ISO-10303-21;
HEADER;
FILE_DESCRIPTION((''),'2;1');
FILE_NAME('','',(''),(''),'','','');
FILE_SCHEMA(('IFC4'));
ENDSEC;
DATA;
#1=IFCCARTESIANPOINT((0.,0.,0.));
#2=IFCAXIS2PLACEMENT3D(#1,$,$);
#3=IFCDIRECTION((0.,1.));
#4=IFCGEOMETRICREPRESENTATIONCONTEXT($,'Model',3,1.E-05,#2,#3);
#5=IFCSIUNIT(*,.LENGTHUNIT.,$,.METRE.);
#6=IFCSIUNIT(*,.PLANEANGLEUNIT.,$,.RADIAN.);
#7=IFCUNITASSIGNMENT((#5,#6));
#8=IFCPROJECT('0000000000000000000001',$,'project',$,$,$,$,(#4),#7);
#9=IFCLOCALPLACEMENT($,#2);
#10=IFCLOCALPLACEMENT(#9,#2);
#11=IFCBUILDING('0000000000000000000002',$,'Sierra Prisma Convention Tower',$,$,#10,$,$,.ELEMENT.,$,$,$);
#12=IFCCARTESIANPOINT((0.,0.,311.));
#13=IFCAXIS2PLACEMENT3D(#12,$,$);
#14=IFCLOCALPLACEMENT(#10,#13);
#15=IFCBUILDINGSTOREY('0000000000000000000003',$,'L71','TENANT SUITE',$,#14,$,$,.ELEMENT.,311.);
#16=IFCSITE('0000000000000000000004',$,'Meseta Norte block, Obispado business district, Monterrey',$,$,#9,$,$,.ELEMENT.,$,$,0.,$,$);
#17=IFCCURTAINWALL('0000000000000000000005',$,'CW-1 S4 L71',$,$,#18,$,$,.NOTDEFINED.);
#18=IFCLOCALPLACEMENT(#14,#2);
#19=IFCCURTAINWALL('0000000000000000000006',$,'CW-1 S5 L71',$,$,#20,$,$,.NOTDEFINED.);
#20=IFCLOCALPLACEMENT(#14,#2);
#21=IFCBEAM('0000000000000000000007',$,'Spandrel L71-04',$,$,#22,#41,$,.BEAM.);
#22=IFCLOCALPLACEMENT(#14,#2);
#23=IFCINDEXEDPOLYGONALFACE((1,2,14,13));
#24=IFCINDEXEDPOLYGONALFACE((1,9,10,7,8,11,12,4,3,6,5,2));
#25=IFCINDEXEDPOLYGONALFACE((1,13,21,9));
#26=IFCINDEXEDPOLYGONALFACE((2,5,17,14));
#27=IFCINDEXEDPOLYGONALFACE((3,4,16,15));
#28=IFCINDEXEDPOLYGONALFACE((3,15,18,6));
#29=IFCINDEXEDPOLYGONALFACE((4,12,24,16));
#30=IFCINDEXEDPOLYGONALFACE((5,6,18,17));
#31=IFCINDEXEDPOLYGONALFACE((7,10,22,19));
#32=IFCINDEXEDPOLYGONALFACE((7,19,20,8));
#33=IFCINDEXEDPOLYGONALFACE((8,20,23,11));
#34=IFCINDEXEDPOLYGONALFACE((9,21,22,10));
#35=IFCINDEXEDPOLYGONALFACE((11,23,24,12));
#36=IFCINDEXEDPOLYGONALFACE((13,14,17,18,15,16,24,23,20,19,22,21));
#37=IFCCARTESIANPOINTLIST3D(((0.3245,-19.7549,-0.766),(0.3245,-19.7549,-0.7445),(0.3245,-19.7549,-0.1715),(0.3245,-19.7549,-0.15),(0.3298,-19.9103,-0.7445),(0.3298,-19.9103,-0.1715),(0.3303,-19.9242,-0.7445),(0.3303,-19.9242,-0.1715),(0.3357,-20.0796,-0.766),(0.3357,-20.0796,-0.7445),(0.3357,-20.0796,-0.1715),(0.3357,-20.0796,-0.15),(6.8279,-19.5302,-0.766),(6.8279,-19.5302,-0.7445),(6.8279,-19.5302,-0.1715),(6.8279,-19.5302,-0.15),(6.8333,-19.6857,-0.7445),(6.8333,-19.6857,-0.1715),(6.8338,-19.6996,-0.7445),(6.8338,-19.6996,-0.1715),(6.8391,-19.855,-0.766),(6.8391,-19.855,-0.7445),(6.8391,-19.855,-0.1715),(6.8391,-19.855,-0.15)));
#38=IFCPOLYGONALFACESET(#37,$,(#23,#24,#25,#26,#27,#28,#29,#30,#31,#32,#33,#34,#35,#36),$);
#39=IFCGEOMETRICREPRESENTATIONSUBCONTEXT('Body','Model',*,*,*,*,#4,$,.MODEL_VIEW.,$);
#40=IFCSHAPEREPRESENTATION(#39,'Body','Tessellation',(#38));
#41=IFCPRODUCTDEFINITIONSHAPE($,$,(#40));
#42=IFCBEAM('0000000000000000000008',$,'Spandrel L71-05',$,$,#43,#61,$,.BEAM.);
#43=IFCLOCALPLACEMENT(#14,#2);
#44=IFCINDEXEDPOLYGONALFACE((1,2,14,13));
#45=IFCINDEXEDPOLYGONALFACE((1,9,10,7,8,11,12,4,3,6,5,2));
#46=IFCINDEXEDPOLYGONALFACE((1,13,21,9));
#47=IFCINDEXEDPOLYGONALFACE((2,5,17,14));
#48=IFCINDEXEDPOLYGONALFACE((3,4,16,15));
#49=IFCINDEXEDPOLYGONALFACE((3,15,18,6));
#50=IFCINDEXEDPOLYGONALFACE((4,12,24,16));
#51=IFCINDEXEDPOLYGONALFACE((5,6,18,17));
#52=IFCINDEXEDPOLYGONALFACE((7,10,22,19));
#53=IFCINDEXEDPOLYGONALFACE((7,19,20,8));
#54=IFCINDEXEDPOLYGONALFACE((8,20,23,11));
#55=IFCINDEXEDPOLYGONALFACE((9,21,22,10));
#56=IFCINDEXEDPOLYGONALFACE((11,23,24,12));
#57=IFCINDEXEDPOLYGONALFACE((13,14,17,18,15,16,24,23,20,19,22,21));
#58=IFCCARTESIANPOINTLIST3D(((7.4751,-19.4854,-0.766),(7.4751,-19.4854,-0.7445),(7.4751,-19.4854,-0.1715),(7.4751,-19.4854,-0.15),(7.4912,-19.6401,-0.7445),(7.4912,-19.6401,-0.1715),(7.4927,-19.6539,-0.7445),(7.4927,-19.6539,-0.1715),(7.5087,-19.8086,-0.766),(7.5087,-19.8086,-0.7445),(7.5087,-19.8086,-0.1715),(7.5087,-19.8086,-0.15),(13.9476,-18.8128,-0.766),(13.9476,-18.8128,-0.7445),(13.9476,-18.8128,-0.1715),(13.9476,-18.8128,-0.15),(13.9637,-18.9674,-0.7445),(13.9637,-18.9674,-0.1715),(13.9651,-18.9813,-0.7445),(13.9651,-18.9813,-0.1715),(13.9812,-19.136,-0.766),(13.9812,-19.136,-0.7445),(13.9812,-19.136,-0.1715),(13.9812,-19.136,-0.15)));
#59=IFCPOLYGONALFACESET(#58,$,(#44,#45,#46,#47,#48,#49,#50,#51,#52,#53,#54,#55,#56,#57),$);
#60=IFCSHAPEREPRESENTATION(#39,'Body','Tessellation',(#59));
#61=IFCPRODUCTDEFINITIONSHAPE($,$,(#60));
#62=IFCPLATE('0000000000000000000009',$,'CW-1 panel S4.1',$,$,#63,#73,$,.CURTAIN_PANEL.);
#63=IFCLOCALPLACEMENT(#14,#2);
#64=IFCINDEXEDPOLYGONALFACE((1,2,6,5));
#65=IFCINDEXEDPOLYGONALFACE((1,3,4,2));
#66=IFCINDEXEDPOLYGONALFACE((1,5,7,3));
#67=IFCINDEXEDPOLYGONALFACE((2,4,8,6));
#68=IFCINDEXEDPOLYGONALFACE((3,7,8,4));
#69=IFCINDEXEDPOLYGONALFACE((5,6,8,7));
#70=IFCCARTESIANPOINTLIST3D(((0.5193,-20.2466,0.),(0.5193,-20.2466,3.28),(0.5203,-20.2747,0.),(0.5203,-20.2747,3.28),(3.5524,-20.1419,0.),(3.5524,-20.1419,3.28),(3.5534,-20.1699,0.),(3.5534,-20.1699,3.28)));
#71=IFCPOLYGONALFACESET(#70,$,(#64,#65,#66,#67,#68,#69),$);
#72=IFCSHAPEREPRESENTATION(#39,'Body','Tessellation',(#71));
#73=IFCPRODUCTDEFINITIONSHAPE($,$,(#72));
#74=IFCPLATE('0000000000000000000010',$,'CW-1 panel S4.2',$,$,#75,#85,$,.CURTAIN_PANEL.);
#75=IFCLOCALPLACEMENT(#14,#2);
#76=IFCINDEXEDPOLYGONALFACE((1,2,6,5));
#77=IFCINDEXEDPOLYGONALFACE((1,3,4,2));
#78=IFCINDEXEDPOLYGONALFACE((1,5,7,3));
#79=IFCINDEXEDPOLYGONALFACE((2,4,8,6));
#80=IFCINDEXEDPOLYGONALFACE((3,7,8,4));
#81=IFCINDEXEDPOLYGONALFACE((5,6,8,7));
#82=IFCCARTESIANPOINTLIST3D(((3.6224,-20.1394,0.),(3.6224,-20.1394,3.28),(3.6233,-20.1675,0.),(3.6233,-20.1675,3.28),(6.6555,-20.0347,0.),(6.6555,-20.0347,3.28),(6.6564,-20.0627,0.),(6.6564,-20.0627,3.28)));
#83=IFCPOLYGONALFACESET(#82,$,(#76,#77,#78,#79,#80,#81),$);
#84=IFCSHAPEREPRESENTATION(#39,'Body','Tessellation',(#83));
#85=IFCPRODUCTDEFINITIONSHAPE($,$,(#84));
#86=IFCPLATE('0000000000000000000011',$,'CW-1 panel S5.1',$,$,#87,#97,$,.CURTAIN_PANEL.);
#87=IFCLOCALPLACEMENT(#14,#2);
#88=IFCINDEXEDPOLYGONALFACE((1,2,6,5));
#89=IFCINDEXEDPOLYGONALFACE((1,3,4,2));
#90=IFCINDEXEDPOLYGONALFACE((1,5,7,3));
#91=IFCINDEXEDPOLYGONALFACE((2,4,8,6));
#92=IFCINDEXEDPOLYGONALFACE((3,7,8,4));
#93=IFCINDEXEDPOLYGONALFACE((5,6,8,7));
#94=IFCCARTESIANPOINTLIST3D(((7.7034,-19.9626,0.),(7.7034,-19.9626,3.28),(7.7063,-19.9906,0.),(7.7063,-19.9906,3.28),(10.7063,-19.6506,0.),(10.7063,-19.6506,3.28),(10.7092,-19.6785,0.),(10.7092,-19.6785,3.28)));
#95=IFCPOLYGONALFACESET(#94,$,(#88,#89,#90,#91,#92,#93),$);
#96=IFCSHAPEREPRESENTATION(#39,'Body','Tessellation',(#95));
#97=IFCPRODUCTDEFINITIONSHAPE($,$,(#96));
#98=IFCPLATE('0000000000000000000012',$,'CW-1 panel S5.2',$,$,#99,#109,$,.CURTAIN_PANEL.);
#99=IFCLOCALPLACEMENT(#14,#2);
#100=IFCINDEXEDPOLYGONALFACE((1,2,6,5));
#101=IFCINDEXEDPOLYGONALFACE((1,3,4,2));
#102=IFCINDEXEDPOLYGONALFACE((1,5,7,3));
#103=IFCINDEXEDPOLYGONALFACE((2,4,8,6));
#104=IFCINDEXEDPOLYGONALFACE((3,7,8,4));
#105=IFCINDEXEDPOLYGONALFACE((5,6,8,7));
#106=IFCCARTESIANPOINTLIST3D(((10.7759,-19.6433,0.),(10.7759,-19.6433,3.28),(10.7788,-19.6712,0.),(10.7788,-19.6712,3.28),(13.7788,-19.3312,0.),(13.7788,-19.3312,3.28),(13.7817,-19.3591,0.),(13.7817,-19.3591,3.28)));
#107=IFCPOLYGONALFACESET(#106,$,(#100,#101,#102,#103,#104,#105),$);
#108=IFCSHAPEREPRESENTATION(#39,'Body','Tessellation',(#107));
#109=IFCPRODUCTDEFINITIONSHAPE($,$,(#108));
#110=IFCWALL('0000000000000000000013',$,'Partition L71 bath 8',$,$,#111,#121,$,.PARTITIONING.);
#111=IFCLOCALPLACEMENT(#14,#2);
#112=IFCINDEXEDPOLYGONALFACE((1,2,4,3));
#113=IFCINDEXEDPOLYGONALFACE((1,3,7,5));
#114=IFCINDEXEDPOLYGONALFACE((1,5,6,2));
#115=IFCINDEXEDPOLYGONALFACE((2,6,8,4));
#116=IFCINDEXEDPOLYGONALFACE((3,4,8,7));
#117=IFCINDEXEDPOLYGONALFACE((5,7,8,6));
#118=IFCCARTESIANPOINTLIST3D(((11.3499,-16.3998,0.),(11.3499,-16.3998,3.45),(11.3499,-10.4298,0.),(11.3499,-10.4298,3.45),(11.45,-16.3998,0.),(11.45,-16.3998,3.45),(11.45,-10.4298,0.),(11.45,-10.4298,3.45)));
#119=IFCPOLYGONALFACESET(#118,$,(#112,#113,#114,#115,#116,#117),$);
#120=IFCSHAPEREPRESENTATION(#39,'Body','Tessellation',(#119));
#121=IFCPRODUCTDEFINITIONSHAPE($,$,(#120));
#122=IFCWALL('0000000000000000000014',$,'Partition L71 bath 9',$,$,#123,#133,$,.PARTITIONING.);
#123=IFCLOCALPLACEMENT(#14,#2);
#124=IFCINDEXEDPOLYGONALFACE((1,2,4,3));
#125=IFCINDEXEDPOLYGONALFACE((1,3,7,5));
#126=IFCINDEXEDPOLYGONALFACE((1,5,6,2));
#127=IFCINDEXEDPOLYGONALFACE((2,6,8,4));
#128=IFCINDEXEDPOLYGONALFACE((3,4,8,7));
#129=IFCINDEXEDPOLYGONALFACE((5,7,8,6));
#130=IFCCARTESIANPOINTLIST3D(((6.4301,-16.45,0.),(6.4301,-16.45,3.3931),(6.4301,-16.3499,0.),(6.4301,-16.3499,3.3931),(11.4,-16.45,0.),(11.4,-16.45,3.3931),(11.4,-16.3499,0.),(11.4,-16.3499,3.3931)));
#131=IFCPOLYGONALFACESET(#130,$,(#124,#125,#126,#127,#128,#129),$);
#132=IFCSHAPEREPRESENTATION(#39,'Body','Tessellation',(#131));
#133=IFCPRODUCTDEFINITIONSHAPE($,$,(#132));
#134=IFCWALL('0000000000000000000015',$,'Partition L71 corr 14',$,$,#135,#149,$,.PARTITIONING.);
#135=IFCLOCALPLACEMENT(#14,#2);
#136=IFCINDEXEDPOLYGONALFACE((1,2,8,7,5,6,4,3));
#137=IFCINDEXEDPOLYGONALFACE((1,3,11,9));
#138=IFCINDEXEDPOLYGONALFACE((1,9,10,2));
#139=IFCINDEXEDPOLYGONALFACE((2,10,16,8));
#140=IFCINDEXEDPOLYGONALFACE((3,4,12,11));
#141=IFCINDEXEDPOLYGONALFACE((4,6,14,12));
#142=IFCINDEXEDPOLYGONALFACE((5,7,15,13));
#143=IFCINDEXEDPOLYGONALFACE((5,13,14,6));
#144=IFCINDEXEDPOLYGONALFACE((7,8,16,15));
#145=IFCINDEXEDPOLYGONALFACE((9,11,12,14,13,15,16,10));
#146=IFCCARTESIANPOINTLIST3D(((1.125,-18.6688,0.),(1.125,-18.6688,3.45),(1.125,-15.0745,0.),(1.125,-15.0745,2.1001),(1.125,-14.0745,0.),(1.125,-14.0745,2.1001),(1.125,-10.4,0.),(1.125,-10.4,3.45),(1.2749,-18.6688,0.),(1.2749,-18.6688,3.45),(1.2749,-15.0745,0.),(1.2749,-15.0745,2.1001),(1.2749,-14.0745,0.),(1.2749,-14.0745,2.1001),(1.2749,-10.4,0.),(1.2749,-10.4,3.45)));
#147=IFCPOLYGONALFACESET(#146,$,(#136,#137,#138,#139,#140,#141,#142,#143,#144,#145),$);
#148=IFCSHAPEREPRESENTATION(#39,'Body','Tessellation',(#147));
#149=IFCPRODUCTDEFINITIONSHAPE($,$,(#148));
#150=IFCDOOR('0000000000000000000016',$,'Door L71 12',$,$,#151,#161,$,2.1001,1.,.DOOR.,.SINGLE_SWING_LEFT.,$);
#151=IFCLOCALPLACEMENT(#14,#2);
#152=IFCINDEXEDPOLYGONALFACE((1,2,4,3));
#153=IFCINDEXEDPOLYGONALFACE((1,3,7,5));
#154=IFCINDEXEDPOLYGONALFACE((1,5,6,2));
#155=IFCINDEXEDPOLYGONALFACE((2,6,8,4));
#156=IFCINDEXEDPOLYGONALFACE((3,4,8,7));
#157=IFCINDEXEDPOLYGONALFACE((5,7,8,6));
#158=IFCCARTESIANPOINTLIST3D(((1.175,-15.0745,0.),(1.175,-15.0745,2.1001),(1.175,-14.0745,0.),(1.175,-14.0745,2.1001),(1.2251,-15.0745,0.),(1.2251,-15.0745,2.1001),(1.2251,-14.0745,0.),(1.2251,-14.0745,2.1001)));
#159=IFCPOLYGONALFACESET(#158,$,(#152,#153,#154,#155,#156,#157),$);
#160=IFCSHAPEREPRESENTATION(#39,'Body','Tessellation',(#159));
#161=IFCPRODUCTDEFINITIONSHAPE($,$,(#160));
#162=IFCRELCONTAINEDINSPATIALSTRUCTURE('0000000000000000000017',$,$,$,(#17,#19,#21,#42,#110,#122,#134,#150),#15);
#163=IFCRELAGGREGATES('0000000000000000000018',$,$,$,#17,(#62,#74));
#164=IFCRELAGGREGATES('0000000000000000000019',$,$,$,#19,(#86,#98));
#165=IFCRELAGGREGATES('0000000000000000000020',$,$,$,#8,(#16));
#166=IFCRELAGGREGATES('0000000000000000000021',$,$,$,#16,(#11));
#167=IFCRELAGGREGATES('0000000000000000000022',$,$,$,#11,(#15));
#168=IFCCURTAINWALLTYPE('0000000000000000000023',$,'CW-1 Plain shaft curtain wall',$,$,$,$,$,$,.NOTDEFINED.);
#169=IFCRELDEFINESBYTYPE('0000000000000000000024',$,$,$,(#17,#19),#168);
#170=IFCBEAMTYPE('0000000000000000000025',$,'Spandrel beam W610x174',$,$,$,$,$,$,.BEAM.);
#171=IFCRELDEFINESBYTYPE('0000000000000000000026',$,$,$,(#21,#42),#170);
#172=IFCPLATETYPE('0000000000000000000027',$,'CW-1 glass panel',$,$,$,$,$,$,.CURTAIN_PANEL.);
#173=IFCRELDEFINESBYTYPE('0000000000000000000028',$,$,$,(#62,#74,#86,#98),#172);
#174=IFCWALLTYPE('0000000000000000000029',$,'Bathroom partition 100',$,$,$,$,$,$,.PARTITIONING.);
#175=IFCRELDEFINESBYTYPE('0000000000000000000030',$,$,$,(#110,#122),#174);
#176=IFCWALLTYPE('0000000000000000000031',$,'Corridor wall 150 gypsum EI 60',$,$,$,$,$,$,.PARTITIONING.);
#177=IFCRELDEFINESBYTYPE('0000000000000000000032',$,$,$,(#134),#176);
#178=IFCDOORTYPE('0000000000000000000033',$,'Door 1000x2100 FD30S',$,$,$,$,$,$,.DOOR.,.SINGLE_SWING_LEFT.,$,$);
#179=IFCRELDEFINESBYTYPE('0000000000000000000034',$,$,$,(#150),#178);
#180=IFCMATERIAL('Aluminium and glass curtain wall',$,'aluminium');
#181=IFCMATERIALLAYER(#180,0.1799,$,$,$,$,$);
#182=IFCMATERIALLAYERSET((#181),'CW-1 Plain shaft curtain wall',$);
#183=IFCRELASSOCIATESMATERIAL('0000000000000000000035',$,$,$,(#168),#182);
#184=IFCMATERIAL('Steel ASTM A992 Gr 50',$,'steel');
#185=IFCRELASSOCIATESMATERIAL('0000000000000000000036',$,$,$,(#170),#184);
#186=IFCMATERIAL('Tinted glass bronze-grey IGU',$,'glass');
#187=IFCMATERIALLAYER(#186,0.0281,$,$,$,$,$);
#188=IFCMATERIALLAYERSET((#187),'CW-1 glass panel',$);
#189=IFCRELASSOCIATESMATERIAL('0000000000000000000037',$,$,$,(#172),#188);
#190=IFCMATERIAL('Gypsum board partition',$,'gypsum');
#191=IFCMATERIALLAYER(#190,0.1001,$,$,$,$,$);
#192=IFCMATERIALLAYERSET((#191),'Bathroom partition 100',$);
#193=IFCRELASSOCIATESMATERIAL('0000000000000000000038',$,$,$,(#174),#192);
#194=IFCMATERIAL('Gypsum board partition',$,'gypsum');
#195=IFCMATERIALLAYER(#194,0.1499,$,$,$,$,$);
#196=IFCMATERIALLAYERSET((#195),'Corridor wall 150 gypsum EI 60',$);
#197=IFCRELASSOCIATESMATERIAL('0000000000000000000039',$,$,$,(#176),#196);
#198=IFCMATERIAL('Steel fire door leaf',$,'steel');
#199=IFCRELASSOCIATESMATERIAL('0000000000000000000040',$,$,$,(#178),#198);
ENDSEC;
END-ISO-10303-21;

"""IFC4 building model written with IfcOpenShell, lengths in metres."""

from ifc_helpers import new_model, si_unit, direction, frame, frame_2d, origin, origin_2d, place, context, subcontext, project, spatial, rectangle, i_section, extrude, material, layer, layer_set, material_profile, profile_set, type_object, element, fill, aggregate, save


model = new_model("IFC4")

# Units and contexts
model_context = context("Model", 3, precision=1e-05, world=origin(), true_north=direction((0.0, 1.0)))
body_context = subcontext(model_context, "Body", "Model", "MODEL_VIEW")
ifc_project = project(units=[si_unit("LENGTHUNIT", "METRE"), si_unit("PLANEANGLEUNIT", "RADIAN")], contexts=[model_context])

# Site, building, storey
site_placement = place(None, origin())
site = spatial("IfcSite", under=ifc_project, at=site_placement, Name="Meseta Norte block, Obispado business district, Monterrey", CompositionType="ELEMENT", RefElevation=0.0)
building_placement = place(site_placement, origin())
building = spatial("IfcBuilding", under=site, at=building_placement, Name="Sierra Prisma Convention Tower", CompositionType="ELEMENT")
storey_placement = place(building_placement, frame((0.0, 0.0, 311.0)))
storey = spatial("IfcBuildingStorey", under=building, at=storey_placement, Name="L71", Description="TENANT SUITE", CompositionType="ELEMENT", Elevation=311.0)

# Curtain walls
ifc_material_1 = material(Name="Aluminium and glass curtain wall", Category="aluminium")
ifc_layer_1 = layer(ifc_material_1, 0.1799)
ifc_layer_set_1 = layer_set([ifc_layer_1], Name="CW-1 Plain shaft curtain wall")
curtain_wall_type = type_object("IfcCurtainWallType", Name="CW-1 Plain shaft curtain wall", PredefinedType="NOTDEFINED", material=ifc_layer_set_1)
curtain_wall_1_placement = place(storey_placement, origin())
curtain_wall_1 = element("IfcCurtainWall", 1, at=curtain_wall_1_placement, inside=storey, type_object=curtain_wall_type, Name="CW-1 S4 L71", PredefinedType="NOTDEFINED")
curtain_wall_2_placement = place(storey_placement, origin())
curtain_wall_2 = element("IfcCurtainWall", 2, at=curtain_wall_2_placement, inside=storey, type_object=curtain_wall_type, Name="CW-1 S5 L71", PredefinedType="NOTDEFINED")

# Beams
ifc_material_2 = material(Name="Steel ASTM A992 Gr 50", Category="steel")
ifc_material_profile_1 = material_profile(ifc_material_2, i_section(OverallWidth=0.325, OverallDepth=0.616, WebThickness=0.0139, FlangeThickness=0.0215, at=origin_2d()), Name="W610x174")
ifc_profile_set_1 = profile_set([ifc_material_profile_1], Name="Steel ASTM A992 Gr 50")
beam_type_1 = type_object("IfcBeamType", Name="Spandrel beam W610x174", PredefinedType="BEAM", material=ifc_profile_set_1)
for number, where, z_axis, x_axis, name in (
    (3, (0.3301, -19.9172, -0.458), (0.999404, 0.034517, 0.0), (-0.034517, 0.999404, 0.0), "Spandrel L71-04"),
    (4, (7.4919, -19.647, -0.458), (0.994644, 0.103363, 0.0), (-0.103363, 0.994644, 0.0), "Spandrel L71-05"),
):
    element("IfcBeam", number, at=place(storey_placement, frame(where, z_axis=z_axis, x_axis=x_axis)), inside=storey, type_object=beam_type_1, Name=name, PredefinedType="BEAM", context=body_context, shape_type="SweptSolid", body=[
        extrude(i_section(OverallWidth=0.325, OverallDepth=0.616, WebThickness=0.0139, FlangeThickness=0.0215, at=origin_2d()), origin(), (0.0, 0.0, 1.0), 6.5073),
    ])

# Plates
ifc_material_3 = material(Name="Tinted glass bronze-grey IGU", Category="glass")
ifc_layer_2 = layer(ifc_material_3, 0.0281)
ifc_layer_set_2 = layer_set([ifc_layer_2], Name="CW-1 glass panel")
plate_type = type_object("IfcPlateType", Name="CW-1 glass panel", PredefinedType="CURTAIN_PANEL", material=ifc_layer_set_2)
plate_1_placement = place(storey_placement, frame((2.0364, -20.2083, 0.0), z_axis=(0.0, 0.0, 1.0), x_axis=(0.999404, 0.034511, 0.0)))
plate_1 = element("IfcPlate", 5, at=plate_1_placement, type_object=plate_type, Name="CW-1 panel S4.1", PredefinedType="CURTAIN_PANEL", context=body_context, shape_type="SweptSolid", body=[
    extrude(rectangle(XDim=3.0349, YDim=0.0281, at=origin_2d()), origin(), (0.0, 0.0, 1.0), 3.28),
])
plate_2_placement = place(storey_placement, frame((5.1394, -20.1011, 0.0), z_axis=(0.0, 0.0, 1.0), x_axis=(0.999404, 0.034511, 0.0)))
plate_2 = element("IfcPlate", 6, at=plate_2_placement, type_object=plate_type, Name="CW-1 panel S4.2", PredefinedType="CURTAIN_PANEL", context=body_context, shape_type="SweptSolid", body=[
    extrude(rectangle(XDim=3.0349, YDim=0.0281, at=origin_2d()), origin(), (0.0, 0.0, 1.0), 3.28),
])
aggregate(curtain_wall_1, [plate_1, plate_2])
plate_3_placement = place(storey_placement, frame((9.2063, -19.8206, 0.0), z_axis=(0.0, 0.0, 1.0), x_axis=(0.994643, 0.103368, 0.0)))
plate_3 = element("IfcPlate", 7, at=plate_3_placement, type_object=plate_type, Name="CW-1 panel S5.1", PredefinedType="CURTAIN_PANEL", context=body_context, shape_type="SweptSolid", body=[
    extrude(rectangle(XDim=3.019, YDim=0.0281, at=origin_2d()), origin(), (0.0, 0.0, 1.0), 3.28),
])
plate_4_placement = place(storey_placement, frame((12.2788, -19.5012, 0.0), z_axis=(0.0, 0.0, 1.0), x_axis=(0.994643, 0.103368, 0.0)))
plate_4 = element("IfcPlate", 8, at=plate_4_placement, type_object=plate_type, Name="CW-1 panel S5.2", PredefinedType="CURTAIN_PANEL", context=body_context, shape_type="SweptSolid", body=[
    extrude(rectangle(XDim=3.019, YDim=0.0281, at=origin_2d()), origin(), (0.0, 0.0, 1.0), 3.28),
])
aggregate(curtain_wall_2, [plate_3, plate_4])

# Walls
ifc_material_4 = material(Name="Gypsum board partition", Category="gypsum")
ifc_layer_3 = layer(ifc_material_4, 0.1001)
ifc_layer_set_3 = layer_set([ifc_layer_3], Name="Bathroom partition 100")
wall_type_1 = type_object("IfcWallType", Name="Bathroom partition 100", PredefinedType="PARTITIONING", material=ifc_layer_set_3)
wall_1_placement = place(storey_placement, frame((11.3999, -10.4299, 0.0), z_axis=(0.0, 0.0, 1.0), x_axis=(0.0, -1.0, 0.0)))
element("IfcWall", 9, at=wall_1_placement, inside=storey, type_object=wall_type_1, Name="Partition L71 bath 8", PredefinedType="PARTITIONING", context=body_context, shape_type="SweptSolid", body=[
    extrude(rectangle(XDim=5.97, YDim=0.1001, at=frame_2d((2.9849, 0.0))), origin(), (0.0, 0.0, 1.0), 3.45),
])
wall_2_placement = place(storey_placement, frame((11.3999, -16.3999, 0.0), z_axis=(0.0, 0.0, 1.0), x_axis=(-1.0, 0.0, 0.0)))
element("IfcWall", 10, at=wall_2_placement, inside=storey, type_object=wall_type_1, Name="Partition L71 bath 9", PredefinedType="PARTITIONING", context=body_context, shape_type="SweptSolid", body=[
    extrude(rectangle(XDim=4.97, YDim=0.1001, at=frame_2d((2.4849, 0.0))), origin(), (0.0, 0.0, 1.0), 3.3931),
])

# Wall, opening, door
ifc_material_5 = material(Name="Gypsum board partition", Category="gypsum")
ifc_layer_4 = layer(ifc_material_5, 0.1499)
ifc_layer_set_4 = layer_set([ifc_layer_4], Name="Corridor wall 150 gypsum EI 60")
wall_type_2 = type_object("IfcWallType", Name="Corridor wall 150 gypsum EI 60", PredefinedType="PARTITIONING", material=ifc_layer_set_4)
wall_3_placement = place(storey_placement, frame((1.2, -18.6687, 0.0), z_axis=(0.0, 0.0, 1.0), x_axis=(0.0, 1.0, 0.0)))
wall_3 = element("IfcWall", 11, at=wall_3_placement, inside=storey, type_object=wall_type_2, Name="Partition L71 corr 14", PredefinedType="PARTITIONING", context=body_context, shape_type="SweptSolid", body=[
    extrude(rectangle(XDim=8.2688, YDim=0.1499, at=frame_2d((4.1343, 0.0))), origin(), (0.0, 0.0, 1.0), 3.45),
])
opening_1_placement = place(wall_3_placement, frame((3.5942, 0.0, 0.0)))
opening_1 = element("IfcOpeningElement", 12, at=opening_1_placement, cuts=wall_3, PredefinedType="OPENING", context=body_context, shape_type="SweptSolid", body=[
    extrude(rectangle(XDim=1.0, YDim=2.1001, at=frame_2d((0.5, 1.05))), frame((0.0, 0.075, 0.0), z_axis=(0.0, -1.0, 0.0), x_axis=(1.0, 0.0, 0.0)), (0.0, 0.0, 1.0), 0.1499),
])
ifc_material_6 = material(Name="Steel fire door leaf", Category="steel")
door_type_1 = type_object("IfcDoorType", Name="Door 1000x2100 FD30S", OperationType="SINGLE_SWING_LEFT", PredefinedType="DOOR", material=ifc_material_6)
door_1_placement = place(opening_1_placement, origin())
door_1 = element("IfcDoor", 13, at=door_1_placement, inside=storey, type_object=door_type_1, Name="Door L71 12", OperationType="SINGLE_SWING_LEFT", OverallHeight=2.1001, OverallWidth=1.0, PredefinedType="DOOR", context=body_context, shape_type="SweptSolid", body=[
    extrude(rectangle(XDim=1.0, YDim=2.1001, at=frame_2d((0.5, 1.05))), frame((0.0, 0.0249, 0.0), z_axis=(0.0, -1.0, 0.0), x_axis=(1.0, 0.0, 0.0)), (0.0, 0.0, 1.0), 0.05),
])
fill(opening_1, door_1)

save(model, "model.ifc")
